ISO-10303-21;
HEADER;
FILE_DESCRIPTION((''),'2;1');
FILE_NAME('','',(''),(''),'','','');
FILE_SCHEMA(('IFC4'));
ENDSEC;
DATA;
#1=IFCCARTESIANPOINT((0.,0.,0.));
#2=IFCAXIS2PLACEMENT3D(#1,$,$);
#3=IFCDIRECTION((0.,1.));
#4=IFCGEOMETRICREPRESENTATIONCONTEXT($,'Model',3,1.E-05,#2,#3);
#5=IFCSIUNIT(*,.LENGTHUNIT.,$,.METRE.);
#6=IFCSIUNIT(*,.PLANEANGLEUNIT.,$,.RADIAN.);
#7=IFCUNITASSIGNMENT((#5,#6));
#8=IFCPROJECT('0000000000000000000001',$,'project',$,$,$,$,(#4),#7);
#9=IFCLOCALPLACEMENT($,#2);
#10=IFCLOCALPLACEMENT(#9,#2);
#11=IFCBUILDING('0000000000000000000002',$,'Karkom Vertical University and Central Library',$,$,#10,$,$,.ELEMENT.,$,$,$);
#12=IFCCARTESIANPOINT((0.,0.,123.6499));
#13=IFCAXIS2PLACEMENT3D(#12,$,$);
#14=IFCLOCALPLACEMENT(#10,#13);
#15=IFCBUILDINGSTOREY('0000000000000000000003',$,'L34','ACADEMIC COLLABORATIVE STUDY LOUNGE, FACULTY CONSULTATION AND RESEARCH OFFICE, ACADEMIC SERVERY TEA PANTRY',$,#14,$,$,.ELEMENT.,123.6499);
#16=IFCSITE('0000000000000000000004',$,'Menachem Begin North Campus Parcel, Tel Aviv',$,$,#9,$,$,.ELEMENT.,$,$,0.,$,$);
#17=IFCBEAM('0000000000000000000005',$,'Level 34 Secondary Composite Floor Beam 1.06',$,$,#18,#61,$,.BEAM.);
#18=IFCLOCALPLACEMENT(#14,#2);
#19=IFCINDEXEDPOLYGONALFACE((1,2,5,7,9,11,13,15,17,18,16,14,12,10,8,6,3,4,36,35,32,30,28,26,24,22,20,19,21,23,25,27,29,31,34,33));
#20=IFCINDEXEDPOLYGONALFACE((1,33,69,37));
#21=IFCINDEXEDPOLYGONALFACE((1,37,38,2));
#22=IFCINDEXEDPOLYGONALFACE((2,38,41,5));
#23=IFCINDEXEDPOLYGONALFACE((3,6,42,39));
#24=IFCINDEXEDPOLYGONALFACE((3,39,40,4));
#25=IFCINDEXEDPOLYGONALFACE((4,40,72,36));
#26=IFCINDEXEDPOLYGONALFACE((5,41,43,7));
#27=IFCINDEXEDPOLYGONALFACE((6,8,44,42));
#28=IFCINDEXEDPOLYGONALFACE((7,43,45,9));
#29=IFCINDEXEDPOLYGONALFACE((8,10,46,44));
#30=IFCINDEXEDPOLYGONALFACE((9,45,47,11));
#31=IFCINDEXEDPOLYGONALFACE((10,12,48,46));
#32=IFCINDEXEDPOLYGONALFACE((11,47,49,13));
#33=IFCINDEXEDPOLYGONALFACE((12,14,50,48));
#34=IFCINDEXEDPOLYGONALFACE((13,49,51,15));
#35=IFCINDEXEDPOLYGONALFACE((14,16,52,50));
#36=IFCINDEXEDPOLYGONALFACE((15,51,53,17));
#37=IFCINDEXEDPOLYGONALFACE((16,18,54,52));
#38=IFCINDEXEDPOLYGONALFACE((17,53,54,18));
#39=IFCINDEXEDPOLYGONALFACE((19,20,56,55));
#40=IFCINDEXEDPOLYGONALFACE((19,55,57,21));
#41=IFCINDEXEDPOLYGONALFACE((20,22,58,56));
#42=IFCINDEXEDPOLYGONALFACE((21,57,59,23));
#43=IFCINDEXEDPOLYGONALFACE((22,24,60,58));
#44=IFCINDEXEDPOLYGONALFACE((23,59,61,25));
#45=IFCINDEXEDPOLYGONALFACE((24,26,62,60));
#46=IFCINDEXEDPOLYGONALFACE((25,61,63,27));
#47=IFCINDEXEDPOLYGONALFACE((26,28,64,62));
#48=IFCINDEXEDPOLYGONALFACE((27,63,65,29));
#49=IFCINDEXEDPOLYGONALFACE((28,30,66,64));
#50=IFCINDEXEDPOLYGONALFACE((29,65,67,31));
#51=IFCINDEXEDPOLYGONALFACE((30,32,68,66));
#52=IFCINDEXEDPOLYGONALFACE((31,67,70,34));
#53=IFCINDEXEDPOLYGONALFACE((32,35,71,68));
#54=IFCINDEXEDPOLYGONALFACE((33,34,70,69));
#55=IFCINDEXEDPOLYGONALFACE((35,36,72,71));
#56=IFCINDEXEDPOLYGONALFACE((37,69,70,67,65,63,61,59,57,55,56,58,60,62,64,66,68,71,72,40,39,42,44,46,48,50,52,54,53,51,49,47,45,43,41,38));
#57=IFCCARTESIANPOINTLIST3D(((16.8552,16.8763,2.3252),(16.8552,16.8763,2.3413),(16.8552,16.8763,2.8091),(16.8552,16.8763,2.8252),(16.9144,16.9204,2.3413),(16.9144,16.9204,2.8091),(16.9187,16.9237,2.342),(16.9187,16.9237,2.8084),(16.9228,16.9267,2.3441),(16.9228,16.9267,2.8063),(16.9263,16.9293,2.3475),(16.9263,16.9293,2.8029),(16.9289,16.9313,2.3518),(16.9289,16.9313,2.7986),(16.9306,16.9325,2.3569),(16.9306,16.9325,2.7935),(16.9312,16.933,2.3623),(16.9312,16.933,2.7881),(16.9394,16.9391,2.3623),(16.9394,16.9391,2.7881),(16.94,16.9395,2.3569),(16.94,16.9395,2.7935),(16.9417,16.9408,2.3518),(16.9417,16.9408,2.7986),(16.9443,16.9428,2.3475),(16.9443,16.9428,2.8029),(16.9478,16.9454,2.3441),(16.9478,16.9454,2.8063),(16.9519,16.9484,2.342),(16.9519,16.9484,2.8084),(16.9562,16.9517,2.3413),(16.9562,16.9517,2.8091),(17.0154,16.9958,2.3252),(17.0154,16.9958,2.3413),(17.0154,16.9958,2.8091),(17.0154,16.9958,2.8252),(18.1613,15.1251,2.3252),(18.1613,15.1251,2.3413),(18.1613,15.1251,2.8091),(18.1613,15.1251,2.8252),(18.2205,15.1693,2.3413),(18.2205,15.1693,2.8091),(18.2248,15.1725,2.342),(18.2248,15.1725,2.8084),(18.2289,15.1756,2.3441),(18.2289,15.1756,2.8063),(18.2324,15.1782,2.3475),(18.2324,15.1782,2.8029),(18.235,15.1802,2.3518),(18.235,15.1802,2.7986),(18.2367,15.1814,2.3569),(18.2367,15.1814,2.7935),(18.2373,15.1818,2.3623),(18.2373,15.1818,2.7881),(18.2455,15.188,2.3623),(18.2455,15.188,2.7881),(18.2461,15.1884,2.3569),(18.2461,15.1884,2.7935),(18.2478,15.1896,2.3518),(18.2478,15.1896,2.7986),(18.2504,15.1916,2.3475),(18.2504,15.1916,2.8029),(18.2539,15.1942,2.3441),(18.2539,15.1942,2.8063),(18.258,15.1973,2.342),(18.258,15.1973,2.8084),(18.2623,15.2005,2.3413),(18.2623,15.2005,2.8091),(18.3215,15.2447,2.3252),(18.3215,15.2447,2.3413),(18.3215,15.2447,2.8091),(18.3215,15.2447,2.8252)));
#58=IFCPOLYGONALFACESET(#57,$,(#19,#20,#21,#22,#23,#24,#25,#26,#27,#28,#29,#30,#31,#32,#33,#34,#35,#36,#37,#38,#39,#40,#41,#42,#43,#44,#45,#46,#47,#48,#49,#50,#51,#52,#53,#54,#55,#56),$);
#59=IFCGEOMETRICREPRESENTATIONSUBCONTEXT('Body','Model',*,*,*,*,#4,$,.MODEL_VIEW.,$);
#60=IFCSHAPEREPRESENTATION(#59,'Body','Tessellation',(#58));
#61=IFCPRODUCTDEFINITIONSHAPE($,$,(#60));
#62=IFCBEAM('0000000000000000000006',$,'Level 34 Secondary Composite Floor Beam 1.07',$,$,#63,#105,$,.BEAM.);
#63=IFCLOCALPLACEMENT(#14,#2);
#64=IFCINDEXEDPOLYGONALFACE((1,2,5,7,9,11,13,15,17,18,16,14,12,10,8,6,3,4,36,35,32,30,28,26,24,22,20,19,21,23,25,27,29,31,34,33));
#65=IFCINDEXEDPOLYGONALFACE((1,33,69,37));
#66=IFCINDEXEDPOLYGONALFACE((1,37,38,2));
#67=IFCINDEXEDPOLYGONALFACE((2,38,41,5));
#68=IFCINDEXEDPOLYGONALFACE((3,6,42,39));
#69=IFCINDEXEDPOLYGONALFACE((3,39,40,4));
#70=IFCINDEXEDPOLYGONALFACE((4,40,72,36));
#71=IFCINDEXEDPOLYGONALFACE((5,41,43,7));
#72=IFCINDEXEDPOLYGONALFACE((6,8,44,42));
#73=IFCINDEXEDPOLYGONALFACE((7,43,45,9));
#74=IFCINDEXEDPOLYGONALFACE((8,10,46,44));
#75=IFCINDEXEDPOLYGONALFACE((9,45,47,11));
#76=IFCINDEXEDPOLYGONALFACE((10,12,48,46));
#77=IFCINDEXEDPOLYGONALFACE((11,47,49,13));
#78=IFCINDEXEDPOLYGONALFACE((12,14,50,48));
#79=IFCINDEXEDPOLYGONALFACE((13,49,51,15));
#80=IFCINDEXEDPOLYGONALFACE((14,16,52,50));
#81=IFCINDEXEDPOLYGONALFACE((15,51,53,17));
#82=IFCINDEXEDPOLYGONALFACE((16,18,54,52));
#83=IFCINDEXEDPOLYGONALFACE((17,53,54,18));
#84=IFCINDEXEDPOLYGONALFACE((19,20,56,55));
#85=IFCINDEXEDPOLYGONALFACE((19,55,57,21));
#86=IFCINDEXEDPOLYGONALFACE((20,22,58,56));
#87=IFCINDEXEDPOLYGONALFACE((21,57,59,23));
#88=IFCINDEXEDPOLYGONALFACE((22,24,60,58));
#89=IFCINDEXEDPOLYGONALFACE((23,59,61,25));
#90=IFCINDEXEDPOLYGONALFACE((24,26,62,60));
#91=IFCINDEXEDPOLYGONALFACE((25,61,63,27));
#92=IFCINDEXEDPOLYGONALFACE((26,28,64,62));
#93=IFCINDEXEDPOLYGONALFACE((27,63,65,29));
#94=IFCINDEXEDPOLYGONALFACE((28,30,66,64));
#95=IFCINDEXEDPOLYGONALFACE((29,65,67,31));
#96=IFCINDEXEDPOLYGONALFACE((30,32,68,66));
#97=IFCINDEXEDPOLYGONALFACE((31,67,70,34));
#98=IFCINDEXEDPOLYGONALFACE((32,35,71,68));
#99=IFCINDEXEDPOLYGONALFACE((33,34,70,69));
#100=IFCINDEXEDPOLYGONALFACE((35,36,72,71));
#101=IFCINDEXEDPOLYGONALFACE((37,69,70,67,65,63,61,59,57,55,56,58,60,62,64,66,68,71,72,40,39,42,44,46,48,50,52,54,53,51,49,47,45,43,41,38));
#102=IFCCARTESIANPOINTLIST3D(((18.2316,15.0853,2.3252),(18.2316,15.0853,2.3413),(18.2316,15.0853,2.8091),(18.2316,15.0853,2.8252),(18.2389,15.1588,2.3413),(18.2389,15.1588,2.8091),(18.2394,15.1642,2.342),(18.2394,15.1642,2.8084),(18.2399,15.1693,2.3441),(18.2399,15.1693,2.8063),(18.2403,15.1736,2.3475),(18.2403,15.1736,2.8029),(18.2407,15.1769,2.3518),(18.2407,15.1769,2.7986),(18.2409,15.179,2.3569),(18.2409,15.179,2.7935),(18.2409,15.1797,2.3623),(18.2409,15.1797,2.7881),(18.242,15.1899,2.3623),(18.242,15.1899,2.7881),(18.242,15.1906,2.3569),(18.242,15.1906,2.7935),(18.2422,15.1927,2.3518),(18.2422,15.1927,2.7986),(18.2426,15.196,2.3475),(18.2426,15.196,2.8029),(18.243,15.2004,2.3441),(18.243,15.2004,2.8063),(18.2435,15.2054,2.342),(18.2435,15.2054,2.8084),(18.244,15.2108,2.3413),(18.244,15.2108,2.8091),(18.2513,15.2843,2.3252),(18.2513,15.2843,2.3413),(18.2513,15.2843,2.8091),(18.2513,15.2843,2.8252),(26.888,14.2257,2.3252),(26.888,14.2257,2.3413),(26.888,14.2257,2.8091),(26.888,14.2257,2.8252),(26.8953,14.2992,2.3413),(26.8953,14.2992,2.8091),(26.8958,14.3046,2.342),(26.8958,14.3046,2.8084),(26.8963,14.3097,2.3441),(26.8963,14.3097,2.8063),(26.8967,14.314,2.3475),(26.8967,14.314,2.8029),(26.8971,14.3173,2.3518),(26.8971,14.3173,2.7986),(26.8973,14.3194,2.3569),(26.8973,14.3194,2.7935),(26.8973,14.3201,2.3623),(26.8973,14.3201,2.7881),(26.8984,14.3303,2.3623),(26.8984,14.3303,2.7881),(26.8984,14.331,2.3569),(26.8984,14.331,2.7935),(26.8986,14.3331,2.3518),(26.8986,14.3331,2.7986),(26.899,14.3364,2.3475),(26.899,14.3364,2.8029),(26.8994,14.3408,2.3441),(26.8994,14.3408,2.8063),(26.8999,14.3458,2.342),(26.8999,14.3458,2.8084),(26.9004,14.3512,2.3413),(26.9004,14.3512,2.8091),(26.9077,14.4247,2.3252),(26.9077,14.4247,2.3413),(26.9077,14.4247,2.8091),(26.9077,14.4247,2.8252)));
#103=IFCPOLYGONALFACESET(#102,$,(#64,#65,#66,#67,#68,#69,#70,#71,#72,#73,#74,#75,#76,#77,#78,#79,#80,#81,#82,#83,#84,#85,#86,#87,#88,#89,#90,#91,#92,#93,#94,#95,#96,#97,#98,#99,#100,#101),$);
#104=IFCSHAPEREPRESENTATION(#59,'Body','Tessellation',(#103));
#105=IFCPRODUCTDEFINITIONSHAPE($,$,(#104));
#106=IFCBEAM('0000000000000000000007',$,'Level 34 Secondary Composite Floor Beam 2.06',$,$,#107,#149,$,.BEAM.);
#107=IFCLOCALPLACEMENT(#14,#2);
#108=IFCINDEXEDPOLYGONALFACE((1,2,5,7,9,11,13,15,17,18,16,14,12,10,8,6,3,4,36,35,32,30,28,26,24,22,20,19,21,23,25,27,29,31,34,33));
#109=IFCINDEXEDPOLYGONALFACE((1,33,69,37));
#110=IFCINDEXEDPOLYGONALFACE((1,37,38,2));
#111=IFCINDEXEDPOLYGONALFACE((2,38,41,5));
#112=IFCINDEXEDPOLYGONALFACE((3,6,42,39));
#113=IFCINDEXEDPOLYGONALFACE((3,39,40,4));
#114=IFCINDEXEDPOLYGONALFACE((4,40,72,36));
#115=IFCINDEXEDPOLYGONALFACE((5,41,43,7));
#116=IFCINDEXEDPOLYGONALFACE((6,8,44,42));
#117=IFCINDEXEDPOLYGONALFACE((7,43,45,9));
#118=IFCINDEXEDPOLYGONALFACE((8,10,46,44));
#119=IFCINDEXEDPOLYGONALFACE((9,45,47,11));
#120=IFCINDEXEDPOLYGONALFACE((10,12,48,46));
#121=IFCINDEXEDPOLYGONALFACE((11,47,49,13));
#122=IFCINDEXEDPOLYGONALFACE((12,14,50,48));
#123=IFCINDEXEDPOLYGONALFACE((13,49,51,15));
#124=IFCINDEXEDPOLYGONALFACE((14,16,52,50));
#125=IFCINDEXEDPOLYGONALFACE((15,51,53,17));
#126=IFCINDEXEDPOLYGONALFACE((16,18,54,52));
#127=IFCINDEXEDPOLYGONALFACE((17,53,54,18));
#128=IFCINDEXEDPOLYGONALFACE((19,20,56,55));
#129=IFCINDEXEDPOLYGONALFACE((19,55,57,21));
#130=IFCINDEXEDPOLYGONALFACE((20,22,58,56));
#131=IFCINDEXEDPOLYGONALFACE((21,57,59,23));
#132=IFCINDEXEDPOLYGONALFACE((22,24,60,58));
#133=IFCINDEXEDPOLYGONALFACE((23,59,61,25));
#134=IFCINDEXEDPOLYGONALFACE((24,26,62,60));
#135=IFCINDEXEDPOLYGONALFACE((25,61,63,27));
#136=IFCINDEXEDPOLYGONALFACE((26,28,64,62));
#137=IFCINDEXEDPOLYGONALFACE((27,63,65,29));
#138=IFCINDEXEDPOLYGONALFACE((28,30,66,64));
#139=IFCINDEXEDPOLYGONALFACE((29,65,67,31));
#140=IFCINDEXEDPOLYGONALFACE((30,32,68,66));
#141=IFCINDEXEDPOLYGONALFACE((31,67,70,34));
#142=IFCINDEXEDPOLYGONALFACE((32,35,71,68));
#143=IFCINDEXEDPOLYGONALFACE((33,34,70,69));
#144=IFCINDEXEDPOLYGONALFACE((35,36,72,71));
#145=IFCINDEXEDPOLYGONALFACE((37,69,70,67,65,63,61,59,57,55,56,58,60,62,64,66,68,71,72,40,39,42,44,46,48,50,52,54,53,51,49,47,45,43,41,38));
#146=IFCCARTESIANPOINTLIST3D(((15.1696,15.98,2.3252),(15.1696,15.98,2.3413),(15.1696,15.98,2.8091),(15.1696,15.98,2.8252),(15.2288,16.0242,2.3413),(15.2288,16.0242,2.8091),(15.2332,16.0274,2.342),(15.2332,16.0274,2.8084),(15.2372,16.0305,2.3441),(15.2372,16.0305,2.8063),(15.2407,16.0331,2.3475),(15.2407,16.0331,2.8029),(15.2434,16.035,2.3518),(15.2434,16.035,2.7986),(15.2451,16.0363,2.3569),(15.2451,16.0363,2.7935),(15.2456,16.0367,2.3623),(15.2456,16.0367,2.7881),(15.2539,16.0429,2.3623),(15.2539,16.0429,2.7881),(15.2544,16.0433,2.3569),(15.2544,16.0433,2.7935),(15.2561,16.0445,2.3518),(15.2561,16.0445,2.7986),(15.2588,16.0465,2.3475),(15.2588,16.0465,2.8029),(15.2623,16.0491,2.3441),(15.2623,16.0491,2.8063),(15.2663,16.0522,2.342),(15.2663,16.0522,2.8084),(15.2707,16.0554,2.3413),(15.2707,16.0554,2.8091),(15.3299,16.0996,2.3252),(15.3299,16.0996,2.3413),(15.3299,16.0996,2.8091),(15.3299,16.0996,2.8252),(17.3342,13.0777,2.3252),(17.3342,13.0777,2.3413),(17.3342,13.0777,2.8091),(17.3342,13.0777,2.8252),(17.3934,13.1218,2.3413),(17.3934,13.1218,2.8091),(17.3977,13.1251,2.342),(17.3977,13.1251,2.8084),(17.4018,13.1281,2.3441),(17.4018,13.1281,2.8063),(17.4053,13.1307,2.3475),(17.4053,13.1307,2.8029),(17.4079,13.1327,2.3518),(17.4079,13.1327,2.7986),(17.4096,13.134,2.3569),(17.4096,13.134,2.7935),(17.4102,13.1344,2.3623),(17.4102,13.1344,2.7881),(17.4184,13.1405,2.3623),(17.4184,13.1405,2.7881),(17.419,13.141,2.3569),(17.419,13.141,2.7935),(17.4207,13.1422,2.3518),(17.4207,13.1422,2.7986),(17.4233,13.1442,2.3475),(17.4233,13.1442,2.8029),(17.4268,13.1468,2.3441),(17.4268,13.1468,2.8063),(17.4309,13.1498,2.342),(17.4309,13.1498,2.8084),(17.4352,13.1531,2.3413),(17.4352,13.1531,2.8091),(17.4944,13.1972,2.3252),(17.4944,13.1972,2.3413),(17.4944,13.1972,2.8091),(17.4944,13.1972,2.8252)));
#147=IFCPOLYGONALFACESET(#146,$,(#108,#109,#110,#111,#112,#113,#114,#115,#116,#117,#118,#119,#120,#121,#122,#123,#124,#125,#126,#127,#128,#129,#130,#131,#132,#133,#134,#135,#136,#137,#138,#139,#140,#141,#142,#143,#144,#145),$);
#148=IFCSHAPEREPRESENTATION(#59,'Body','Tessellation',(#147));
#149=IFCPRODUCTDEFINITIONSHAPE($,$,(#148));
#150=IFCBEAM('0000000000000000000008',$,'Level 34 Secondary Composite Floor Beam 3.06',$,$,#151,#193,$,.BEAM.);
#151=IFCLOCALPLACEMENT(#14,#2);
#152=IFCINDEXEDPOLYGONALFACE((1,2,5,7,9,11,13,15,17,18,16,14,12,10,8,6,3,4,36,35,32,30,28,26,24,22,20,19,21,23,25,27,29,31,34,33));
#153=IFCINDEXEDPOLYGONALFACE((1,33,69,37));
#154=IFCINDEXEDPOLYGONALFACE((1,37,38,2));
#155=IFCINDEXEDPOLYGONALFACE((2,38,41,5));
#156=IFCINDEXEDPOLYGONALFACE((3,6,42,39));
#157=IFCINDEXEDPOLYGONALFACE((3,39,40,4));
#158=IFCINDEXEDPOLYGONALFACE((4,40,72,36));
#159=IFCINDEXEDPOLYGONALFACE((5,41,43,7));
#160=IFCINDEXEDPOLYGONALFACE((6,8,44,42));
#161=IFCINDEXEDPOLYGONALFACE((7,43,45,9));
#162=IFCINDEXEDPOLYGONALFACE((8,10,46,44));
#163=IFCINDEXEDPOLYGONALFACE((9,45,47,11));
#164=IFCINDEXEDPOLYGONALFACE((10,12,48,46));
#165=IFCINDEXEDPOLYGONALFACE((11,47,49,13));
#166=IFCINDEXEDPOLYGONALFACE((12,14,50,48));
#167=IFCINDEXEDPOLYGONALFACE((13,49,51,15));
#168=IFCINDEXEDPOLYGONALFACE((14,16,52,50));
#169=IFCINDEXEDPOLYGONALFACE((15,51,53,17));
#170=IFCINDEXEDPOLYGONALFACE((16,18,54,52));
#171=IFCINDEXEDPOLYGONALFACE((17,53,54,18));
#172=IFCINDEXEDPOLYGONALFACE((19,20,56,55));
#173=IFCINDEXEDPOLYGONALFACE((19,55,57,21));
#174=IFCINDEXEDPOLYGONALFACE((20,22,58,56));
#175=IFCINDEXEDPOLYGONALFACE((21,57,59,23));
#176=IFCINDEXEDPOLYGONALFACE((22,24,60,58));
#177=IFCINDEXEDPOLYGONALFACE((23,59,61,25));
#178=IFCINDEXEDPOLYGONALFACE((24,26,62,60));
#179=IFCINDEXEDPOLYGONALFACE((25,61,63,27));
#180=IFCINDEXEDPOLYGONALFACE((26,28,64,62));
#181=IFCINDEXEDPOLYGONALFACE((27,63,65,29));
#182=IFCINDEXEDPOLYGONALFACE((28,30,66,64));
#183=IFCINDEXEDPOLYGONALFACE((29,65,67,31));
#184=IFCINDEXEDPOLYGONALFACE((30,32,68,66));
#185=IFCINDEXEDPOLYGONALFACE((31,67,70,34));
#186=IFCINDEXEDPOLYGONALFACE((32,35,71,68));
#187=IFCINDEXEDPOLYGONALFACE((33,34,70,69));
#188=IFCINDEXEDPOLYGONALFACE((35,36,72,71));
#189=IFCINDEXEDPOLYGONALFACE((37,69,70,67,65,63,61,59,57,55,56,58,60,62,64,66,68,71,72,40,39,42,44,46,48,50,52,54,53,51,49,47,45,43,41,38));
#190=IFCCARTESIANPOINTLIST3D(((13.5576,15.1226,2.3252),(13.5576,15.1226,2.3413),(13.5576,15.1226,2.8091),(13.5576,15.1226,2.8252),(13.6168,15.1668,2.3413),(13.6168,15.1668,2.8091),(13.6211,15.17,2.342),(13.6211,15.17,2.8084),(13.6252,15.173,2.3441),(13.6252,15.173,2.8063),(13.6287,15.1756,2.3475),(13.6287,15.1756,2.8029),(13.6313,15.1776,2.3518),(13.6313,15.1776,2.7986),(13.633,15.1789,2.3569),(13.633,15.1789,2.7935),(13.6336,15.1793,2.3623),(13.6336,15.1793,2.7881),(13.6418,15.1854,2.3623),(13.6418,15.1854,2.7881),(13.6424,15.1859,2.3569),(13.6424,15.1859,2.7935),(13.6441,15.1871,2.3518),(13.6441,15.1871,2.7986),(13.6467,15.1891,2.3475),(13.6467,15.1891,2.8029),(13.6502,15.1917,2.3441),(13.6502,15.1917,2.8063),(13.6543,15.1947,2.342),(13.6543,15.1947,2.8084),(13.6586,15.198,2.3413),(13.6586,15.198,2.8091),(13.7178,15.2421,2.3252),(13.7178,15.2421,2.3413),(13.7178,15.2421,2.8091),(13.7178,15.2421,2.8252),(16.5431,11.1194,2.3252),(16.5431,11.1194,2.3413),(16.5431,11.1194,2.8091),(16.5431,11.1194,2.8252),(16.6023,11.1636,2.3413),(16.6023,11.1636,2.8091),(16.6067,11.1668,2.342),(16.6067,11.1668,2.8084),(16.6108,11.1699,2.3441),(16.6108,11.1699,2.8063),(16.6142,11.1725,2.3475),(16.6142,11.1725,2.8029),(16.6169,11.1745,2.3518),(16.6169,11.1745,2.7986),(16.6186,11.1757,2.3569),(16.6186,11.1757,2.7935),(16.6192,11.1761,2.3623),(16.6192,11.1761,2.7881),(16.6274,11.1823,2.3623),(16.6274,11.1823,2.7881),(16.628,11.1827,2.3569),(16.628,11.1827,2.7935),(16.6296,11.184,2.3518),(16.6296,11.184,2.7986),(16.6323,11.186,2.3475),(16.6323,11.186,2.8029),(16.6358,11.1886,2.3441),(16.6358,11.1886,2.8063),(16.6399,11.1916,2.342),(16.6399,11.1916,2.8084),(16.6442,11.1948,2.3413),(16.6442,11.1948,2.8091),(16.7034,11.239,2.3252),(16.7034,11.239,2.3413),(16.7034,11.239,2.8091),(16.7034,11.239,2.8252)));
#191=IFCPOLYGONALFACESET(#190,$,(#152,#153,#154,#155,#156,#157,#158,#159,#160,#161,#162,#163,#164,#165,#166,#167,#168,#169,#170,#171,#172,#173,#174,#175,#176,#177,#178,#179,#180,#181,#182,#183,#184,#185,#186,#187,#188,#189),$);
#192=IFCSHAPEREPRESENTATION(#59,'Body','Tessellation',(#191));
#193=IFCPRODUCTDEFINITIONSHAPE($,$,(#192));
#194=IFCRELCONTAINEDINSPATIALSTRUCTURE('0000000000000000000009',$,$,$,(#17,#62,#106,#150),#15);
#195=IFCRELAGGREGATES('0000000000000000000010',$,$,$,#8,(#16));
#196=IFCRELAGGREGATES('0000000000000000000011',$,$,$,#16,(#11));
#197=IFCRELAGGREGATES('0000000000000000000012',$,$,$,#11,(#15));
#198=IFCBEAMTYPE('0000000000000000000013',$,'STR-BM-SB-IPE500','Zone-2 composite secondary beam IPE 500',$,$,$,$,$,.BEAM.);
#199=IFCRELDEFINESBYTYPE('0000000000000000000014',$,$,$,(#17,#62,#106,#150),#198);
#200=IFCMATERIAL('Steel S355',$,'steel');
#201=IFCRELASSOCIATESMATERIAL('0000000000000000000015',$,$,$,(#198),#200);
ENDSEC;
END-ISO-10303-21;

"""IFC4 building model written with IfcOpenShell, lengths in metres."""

from ifc_helpers import new_model, si_unit, direction, frame, origin, origin_with_axes, origin_2d, place, context, subcontext, project, spatial, i_section, extrude, source, transform, mapped, material, material_profile, profile_set, type_object, element, save


model = new_model("IFC4")

# Units and contexts
model_context = context("Model", 3, precision=1e-05, world=origin(), true_north=direction((0.0, 1.0)))
body_context = subcontext(model_context, "Body", "Model", "MODEL_VIEW")
ifc_project = project(units=[si_unit("LENGTHUNIT", "METRE"), si_unit("PLANEANGLEUNIT", "RADIAN")], contexts=[model_context])

# Site, building, storey
site_placement = place(None, origin())
site = spatial("IfcSite", under=ifc_project, at=site_placement, Name="Menachem Begin North Campus Parcel, Tel Aviv", CompositionType="ELEMENT", RefElevation=0.0)
building_placement = place(site_placement, origin())
building = spatial("IfcBuilding", under=site, at=building_placement, Name="Karkom Vertical University and Central Library", CompositionType="ELEMENT")
storey_placement = place(building_placement, frame((0.0, 0.0, 123.6499)))
storey = spatial("IfcBuildingStorey", under=building, at=storey_placement, Name="L34", Description="ACADEMIC COLLABORATIVE STUDY LOUNGE, FACULTY CONSULTATION AND RESEARCH OFFICE, ACADEMIC SERVERY TEA PANTRY", CompositionType="ELEMENT", Elevation=123.6499)

# Beams
ifc_material_1 = material(Name="Steel S355", Category="steel")
ifc_material_profile = material_profile(ifc_material_1, i_section(OverallWidth=0.2, OverallDepth=0.5, WebThickness=0.0103, FlangeThickness=0.0161, FilletRadius=0.021, at=origin_2d()), Name="IPE 500")
ifc_profile_set = profile_set([ifc_material_profile], Name="Steel S355")
beam_type = type_object("IfcBeamType", Name="STR-BM-SB-IPE500", Description="Zone-2 composite secondary beam IPE 500", PredefinedType="BEAM", material=ifc_profile_set)
shared_shape_1 = source(origin_with_axes(), body_context, "Body", "SweptSolid", [
    extrude(i_section(OverallWidth=0.2, OverallDepth=0.5, WebThickness=0.0103, FlangeThickness=0.0161, FilletRadius=0.021, at=origin_2d()), origin(), (0.0, 0.0, 1.0), 2.1846),
])
beam_1_placement = place(storey_placement, frame((16.9353, 16.936, 2.5752), z_axis=(0.59787, -0.801593, 0.0), x_axis=(0.801593, 0.59787, 0.0)))
element("IfcBeam", 1, at=beam_1_placement, inside=storey, type_object=beam_type, Name="Level 34 Secondary Composite Floor Beam 1.06", PredefinedType="BEAM", context=body_context, shape_type="MappedRepresentation", body=[
    mapped(shared_shape_1, transform((0.0, 0.0, 0.0), scale=1.0)),
])
shared_shape_2 = source(origin_with_axes(), body_context, "Body", "SweptSolid", [
    extrude(i_section(OverallWidth=0.2, OverallDepth=0.5, WebThickness=0.0103, FlangeThickness=0.0161, FilletRadius=0.021, at=origin_2d()), origin(), (0.0, 0.0, 1.0), 8.699),
])
beam_2_placement = place(storey_placement, frame((18.2415, 15.1848, 2.5752), z_axis=(0.995106, -0.098817, 0.0), x_axis=(0.098817, 0.995106, 0.0)))
element("IfcBeam", 2, at=beam_2_placement, inside=storey, type_object=beam_type, Name="Level 34 Secondary Composite Floor Beam 1.07", PredefinedType="BEAM", context=body_context, shape_type="MappedRepresentation", body=[
    mapped(shared_shape_2, transform((0.0, 0.0, 0.0), scale=1.0)),
])
shared_shape_3 = source(origin_with_axes(), body_context, "Body", "SweptSolid", [
    extrude(i_section(OverallWidth=0.2, OverallDepth=0.5, WebThickness=0.0103, FlangeThickness=0.0161, FilletRadius=0.021, at=origin_2d()), origin(), (0.0, 0.0, 1.0), 3.6206),
])
beam_3_placement = place(storey_placement, frame((15.2498, 16.0398, 2.5752), z_axis=(0.59784, -0.801615, 0.0), x_axis=(0.801615, 0.59784, 0.0)))
element("IfcBeam", 3, at=beam_3_placement, inside=storey, type_object=beam_type, Name="Level 34 Secondary Composite Floor Beam 2.06", PredefinedType="BEAM", context=body_context, shape_type="MappedRepresentation", body=[
    mapped(shared_shape_3, transform((0.0, 0.0, 0.0), scale=1.0)),
])
shared_shape_4 = source(origin_with_axes(), body_context, "Body", "SweptSolid", [
    extrude(i_section(OverallWidth=0.2, OverallDepth=0.5, WebThickness=0.0103, FlangeThickness=0.0161, FilletRadius=0.021, at=origin_2d()), origin(), (0.0, 0.0, 1.0), 4.9939),
])
beam_4_placement = place(storey_placement, frame((13.6377, 15.1824, 2.5752), z_axis=(0.597847, -0.80161, 0.0), x_axis=(0.80161, 0.597847, 0.0)))
element("IfcBeam", 4, at=beam_4_placement, inside=storey, type_object=beam_type, Name="Level 34 Secondary Composite Floor Beam 3.06", PredefinedType="BEAM", context=body_context, shape_type="MappedRepresentation", body=[
    mapped(shared_shape_4, transform((0.0, 0.0, 0.0), scale=1.0)),
])

save(model, "model.ifc")
